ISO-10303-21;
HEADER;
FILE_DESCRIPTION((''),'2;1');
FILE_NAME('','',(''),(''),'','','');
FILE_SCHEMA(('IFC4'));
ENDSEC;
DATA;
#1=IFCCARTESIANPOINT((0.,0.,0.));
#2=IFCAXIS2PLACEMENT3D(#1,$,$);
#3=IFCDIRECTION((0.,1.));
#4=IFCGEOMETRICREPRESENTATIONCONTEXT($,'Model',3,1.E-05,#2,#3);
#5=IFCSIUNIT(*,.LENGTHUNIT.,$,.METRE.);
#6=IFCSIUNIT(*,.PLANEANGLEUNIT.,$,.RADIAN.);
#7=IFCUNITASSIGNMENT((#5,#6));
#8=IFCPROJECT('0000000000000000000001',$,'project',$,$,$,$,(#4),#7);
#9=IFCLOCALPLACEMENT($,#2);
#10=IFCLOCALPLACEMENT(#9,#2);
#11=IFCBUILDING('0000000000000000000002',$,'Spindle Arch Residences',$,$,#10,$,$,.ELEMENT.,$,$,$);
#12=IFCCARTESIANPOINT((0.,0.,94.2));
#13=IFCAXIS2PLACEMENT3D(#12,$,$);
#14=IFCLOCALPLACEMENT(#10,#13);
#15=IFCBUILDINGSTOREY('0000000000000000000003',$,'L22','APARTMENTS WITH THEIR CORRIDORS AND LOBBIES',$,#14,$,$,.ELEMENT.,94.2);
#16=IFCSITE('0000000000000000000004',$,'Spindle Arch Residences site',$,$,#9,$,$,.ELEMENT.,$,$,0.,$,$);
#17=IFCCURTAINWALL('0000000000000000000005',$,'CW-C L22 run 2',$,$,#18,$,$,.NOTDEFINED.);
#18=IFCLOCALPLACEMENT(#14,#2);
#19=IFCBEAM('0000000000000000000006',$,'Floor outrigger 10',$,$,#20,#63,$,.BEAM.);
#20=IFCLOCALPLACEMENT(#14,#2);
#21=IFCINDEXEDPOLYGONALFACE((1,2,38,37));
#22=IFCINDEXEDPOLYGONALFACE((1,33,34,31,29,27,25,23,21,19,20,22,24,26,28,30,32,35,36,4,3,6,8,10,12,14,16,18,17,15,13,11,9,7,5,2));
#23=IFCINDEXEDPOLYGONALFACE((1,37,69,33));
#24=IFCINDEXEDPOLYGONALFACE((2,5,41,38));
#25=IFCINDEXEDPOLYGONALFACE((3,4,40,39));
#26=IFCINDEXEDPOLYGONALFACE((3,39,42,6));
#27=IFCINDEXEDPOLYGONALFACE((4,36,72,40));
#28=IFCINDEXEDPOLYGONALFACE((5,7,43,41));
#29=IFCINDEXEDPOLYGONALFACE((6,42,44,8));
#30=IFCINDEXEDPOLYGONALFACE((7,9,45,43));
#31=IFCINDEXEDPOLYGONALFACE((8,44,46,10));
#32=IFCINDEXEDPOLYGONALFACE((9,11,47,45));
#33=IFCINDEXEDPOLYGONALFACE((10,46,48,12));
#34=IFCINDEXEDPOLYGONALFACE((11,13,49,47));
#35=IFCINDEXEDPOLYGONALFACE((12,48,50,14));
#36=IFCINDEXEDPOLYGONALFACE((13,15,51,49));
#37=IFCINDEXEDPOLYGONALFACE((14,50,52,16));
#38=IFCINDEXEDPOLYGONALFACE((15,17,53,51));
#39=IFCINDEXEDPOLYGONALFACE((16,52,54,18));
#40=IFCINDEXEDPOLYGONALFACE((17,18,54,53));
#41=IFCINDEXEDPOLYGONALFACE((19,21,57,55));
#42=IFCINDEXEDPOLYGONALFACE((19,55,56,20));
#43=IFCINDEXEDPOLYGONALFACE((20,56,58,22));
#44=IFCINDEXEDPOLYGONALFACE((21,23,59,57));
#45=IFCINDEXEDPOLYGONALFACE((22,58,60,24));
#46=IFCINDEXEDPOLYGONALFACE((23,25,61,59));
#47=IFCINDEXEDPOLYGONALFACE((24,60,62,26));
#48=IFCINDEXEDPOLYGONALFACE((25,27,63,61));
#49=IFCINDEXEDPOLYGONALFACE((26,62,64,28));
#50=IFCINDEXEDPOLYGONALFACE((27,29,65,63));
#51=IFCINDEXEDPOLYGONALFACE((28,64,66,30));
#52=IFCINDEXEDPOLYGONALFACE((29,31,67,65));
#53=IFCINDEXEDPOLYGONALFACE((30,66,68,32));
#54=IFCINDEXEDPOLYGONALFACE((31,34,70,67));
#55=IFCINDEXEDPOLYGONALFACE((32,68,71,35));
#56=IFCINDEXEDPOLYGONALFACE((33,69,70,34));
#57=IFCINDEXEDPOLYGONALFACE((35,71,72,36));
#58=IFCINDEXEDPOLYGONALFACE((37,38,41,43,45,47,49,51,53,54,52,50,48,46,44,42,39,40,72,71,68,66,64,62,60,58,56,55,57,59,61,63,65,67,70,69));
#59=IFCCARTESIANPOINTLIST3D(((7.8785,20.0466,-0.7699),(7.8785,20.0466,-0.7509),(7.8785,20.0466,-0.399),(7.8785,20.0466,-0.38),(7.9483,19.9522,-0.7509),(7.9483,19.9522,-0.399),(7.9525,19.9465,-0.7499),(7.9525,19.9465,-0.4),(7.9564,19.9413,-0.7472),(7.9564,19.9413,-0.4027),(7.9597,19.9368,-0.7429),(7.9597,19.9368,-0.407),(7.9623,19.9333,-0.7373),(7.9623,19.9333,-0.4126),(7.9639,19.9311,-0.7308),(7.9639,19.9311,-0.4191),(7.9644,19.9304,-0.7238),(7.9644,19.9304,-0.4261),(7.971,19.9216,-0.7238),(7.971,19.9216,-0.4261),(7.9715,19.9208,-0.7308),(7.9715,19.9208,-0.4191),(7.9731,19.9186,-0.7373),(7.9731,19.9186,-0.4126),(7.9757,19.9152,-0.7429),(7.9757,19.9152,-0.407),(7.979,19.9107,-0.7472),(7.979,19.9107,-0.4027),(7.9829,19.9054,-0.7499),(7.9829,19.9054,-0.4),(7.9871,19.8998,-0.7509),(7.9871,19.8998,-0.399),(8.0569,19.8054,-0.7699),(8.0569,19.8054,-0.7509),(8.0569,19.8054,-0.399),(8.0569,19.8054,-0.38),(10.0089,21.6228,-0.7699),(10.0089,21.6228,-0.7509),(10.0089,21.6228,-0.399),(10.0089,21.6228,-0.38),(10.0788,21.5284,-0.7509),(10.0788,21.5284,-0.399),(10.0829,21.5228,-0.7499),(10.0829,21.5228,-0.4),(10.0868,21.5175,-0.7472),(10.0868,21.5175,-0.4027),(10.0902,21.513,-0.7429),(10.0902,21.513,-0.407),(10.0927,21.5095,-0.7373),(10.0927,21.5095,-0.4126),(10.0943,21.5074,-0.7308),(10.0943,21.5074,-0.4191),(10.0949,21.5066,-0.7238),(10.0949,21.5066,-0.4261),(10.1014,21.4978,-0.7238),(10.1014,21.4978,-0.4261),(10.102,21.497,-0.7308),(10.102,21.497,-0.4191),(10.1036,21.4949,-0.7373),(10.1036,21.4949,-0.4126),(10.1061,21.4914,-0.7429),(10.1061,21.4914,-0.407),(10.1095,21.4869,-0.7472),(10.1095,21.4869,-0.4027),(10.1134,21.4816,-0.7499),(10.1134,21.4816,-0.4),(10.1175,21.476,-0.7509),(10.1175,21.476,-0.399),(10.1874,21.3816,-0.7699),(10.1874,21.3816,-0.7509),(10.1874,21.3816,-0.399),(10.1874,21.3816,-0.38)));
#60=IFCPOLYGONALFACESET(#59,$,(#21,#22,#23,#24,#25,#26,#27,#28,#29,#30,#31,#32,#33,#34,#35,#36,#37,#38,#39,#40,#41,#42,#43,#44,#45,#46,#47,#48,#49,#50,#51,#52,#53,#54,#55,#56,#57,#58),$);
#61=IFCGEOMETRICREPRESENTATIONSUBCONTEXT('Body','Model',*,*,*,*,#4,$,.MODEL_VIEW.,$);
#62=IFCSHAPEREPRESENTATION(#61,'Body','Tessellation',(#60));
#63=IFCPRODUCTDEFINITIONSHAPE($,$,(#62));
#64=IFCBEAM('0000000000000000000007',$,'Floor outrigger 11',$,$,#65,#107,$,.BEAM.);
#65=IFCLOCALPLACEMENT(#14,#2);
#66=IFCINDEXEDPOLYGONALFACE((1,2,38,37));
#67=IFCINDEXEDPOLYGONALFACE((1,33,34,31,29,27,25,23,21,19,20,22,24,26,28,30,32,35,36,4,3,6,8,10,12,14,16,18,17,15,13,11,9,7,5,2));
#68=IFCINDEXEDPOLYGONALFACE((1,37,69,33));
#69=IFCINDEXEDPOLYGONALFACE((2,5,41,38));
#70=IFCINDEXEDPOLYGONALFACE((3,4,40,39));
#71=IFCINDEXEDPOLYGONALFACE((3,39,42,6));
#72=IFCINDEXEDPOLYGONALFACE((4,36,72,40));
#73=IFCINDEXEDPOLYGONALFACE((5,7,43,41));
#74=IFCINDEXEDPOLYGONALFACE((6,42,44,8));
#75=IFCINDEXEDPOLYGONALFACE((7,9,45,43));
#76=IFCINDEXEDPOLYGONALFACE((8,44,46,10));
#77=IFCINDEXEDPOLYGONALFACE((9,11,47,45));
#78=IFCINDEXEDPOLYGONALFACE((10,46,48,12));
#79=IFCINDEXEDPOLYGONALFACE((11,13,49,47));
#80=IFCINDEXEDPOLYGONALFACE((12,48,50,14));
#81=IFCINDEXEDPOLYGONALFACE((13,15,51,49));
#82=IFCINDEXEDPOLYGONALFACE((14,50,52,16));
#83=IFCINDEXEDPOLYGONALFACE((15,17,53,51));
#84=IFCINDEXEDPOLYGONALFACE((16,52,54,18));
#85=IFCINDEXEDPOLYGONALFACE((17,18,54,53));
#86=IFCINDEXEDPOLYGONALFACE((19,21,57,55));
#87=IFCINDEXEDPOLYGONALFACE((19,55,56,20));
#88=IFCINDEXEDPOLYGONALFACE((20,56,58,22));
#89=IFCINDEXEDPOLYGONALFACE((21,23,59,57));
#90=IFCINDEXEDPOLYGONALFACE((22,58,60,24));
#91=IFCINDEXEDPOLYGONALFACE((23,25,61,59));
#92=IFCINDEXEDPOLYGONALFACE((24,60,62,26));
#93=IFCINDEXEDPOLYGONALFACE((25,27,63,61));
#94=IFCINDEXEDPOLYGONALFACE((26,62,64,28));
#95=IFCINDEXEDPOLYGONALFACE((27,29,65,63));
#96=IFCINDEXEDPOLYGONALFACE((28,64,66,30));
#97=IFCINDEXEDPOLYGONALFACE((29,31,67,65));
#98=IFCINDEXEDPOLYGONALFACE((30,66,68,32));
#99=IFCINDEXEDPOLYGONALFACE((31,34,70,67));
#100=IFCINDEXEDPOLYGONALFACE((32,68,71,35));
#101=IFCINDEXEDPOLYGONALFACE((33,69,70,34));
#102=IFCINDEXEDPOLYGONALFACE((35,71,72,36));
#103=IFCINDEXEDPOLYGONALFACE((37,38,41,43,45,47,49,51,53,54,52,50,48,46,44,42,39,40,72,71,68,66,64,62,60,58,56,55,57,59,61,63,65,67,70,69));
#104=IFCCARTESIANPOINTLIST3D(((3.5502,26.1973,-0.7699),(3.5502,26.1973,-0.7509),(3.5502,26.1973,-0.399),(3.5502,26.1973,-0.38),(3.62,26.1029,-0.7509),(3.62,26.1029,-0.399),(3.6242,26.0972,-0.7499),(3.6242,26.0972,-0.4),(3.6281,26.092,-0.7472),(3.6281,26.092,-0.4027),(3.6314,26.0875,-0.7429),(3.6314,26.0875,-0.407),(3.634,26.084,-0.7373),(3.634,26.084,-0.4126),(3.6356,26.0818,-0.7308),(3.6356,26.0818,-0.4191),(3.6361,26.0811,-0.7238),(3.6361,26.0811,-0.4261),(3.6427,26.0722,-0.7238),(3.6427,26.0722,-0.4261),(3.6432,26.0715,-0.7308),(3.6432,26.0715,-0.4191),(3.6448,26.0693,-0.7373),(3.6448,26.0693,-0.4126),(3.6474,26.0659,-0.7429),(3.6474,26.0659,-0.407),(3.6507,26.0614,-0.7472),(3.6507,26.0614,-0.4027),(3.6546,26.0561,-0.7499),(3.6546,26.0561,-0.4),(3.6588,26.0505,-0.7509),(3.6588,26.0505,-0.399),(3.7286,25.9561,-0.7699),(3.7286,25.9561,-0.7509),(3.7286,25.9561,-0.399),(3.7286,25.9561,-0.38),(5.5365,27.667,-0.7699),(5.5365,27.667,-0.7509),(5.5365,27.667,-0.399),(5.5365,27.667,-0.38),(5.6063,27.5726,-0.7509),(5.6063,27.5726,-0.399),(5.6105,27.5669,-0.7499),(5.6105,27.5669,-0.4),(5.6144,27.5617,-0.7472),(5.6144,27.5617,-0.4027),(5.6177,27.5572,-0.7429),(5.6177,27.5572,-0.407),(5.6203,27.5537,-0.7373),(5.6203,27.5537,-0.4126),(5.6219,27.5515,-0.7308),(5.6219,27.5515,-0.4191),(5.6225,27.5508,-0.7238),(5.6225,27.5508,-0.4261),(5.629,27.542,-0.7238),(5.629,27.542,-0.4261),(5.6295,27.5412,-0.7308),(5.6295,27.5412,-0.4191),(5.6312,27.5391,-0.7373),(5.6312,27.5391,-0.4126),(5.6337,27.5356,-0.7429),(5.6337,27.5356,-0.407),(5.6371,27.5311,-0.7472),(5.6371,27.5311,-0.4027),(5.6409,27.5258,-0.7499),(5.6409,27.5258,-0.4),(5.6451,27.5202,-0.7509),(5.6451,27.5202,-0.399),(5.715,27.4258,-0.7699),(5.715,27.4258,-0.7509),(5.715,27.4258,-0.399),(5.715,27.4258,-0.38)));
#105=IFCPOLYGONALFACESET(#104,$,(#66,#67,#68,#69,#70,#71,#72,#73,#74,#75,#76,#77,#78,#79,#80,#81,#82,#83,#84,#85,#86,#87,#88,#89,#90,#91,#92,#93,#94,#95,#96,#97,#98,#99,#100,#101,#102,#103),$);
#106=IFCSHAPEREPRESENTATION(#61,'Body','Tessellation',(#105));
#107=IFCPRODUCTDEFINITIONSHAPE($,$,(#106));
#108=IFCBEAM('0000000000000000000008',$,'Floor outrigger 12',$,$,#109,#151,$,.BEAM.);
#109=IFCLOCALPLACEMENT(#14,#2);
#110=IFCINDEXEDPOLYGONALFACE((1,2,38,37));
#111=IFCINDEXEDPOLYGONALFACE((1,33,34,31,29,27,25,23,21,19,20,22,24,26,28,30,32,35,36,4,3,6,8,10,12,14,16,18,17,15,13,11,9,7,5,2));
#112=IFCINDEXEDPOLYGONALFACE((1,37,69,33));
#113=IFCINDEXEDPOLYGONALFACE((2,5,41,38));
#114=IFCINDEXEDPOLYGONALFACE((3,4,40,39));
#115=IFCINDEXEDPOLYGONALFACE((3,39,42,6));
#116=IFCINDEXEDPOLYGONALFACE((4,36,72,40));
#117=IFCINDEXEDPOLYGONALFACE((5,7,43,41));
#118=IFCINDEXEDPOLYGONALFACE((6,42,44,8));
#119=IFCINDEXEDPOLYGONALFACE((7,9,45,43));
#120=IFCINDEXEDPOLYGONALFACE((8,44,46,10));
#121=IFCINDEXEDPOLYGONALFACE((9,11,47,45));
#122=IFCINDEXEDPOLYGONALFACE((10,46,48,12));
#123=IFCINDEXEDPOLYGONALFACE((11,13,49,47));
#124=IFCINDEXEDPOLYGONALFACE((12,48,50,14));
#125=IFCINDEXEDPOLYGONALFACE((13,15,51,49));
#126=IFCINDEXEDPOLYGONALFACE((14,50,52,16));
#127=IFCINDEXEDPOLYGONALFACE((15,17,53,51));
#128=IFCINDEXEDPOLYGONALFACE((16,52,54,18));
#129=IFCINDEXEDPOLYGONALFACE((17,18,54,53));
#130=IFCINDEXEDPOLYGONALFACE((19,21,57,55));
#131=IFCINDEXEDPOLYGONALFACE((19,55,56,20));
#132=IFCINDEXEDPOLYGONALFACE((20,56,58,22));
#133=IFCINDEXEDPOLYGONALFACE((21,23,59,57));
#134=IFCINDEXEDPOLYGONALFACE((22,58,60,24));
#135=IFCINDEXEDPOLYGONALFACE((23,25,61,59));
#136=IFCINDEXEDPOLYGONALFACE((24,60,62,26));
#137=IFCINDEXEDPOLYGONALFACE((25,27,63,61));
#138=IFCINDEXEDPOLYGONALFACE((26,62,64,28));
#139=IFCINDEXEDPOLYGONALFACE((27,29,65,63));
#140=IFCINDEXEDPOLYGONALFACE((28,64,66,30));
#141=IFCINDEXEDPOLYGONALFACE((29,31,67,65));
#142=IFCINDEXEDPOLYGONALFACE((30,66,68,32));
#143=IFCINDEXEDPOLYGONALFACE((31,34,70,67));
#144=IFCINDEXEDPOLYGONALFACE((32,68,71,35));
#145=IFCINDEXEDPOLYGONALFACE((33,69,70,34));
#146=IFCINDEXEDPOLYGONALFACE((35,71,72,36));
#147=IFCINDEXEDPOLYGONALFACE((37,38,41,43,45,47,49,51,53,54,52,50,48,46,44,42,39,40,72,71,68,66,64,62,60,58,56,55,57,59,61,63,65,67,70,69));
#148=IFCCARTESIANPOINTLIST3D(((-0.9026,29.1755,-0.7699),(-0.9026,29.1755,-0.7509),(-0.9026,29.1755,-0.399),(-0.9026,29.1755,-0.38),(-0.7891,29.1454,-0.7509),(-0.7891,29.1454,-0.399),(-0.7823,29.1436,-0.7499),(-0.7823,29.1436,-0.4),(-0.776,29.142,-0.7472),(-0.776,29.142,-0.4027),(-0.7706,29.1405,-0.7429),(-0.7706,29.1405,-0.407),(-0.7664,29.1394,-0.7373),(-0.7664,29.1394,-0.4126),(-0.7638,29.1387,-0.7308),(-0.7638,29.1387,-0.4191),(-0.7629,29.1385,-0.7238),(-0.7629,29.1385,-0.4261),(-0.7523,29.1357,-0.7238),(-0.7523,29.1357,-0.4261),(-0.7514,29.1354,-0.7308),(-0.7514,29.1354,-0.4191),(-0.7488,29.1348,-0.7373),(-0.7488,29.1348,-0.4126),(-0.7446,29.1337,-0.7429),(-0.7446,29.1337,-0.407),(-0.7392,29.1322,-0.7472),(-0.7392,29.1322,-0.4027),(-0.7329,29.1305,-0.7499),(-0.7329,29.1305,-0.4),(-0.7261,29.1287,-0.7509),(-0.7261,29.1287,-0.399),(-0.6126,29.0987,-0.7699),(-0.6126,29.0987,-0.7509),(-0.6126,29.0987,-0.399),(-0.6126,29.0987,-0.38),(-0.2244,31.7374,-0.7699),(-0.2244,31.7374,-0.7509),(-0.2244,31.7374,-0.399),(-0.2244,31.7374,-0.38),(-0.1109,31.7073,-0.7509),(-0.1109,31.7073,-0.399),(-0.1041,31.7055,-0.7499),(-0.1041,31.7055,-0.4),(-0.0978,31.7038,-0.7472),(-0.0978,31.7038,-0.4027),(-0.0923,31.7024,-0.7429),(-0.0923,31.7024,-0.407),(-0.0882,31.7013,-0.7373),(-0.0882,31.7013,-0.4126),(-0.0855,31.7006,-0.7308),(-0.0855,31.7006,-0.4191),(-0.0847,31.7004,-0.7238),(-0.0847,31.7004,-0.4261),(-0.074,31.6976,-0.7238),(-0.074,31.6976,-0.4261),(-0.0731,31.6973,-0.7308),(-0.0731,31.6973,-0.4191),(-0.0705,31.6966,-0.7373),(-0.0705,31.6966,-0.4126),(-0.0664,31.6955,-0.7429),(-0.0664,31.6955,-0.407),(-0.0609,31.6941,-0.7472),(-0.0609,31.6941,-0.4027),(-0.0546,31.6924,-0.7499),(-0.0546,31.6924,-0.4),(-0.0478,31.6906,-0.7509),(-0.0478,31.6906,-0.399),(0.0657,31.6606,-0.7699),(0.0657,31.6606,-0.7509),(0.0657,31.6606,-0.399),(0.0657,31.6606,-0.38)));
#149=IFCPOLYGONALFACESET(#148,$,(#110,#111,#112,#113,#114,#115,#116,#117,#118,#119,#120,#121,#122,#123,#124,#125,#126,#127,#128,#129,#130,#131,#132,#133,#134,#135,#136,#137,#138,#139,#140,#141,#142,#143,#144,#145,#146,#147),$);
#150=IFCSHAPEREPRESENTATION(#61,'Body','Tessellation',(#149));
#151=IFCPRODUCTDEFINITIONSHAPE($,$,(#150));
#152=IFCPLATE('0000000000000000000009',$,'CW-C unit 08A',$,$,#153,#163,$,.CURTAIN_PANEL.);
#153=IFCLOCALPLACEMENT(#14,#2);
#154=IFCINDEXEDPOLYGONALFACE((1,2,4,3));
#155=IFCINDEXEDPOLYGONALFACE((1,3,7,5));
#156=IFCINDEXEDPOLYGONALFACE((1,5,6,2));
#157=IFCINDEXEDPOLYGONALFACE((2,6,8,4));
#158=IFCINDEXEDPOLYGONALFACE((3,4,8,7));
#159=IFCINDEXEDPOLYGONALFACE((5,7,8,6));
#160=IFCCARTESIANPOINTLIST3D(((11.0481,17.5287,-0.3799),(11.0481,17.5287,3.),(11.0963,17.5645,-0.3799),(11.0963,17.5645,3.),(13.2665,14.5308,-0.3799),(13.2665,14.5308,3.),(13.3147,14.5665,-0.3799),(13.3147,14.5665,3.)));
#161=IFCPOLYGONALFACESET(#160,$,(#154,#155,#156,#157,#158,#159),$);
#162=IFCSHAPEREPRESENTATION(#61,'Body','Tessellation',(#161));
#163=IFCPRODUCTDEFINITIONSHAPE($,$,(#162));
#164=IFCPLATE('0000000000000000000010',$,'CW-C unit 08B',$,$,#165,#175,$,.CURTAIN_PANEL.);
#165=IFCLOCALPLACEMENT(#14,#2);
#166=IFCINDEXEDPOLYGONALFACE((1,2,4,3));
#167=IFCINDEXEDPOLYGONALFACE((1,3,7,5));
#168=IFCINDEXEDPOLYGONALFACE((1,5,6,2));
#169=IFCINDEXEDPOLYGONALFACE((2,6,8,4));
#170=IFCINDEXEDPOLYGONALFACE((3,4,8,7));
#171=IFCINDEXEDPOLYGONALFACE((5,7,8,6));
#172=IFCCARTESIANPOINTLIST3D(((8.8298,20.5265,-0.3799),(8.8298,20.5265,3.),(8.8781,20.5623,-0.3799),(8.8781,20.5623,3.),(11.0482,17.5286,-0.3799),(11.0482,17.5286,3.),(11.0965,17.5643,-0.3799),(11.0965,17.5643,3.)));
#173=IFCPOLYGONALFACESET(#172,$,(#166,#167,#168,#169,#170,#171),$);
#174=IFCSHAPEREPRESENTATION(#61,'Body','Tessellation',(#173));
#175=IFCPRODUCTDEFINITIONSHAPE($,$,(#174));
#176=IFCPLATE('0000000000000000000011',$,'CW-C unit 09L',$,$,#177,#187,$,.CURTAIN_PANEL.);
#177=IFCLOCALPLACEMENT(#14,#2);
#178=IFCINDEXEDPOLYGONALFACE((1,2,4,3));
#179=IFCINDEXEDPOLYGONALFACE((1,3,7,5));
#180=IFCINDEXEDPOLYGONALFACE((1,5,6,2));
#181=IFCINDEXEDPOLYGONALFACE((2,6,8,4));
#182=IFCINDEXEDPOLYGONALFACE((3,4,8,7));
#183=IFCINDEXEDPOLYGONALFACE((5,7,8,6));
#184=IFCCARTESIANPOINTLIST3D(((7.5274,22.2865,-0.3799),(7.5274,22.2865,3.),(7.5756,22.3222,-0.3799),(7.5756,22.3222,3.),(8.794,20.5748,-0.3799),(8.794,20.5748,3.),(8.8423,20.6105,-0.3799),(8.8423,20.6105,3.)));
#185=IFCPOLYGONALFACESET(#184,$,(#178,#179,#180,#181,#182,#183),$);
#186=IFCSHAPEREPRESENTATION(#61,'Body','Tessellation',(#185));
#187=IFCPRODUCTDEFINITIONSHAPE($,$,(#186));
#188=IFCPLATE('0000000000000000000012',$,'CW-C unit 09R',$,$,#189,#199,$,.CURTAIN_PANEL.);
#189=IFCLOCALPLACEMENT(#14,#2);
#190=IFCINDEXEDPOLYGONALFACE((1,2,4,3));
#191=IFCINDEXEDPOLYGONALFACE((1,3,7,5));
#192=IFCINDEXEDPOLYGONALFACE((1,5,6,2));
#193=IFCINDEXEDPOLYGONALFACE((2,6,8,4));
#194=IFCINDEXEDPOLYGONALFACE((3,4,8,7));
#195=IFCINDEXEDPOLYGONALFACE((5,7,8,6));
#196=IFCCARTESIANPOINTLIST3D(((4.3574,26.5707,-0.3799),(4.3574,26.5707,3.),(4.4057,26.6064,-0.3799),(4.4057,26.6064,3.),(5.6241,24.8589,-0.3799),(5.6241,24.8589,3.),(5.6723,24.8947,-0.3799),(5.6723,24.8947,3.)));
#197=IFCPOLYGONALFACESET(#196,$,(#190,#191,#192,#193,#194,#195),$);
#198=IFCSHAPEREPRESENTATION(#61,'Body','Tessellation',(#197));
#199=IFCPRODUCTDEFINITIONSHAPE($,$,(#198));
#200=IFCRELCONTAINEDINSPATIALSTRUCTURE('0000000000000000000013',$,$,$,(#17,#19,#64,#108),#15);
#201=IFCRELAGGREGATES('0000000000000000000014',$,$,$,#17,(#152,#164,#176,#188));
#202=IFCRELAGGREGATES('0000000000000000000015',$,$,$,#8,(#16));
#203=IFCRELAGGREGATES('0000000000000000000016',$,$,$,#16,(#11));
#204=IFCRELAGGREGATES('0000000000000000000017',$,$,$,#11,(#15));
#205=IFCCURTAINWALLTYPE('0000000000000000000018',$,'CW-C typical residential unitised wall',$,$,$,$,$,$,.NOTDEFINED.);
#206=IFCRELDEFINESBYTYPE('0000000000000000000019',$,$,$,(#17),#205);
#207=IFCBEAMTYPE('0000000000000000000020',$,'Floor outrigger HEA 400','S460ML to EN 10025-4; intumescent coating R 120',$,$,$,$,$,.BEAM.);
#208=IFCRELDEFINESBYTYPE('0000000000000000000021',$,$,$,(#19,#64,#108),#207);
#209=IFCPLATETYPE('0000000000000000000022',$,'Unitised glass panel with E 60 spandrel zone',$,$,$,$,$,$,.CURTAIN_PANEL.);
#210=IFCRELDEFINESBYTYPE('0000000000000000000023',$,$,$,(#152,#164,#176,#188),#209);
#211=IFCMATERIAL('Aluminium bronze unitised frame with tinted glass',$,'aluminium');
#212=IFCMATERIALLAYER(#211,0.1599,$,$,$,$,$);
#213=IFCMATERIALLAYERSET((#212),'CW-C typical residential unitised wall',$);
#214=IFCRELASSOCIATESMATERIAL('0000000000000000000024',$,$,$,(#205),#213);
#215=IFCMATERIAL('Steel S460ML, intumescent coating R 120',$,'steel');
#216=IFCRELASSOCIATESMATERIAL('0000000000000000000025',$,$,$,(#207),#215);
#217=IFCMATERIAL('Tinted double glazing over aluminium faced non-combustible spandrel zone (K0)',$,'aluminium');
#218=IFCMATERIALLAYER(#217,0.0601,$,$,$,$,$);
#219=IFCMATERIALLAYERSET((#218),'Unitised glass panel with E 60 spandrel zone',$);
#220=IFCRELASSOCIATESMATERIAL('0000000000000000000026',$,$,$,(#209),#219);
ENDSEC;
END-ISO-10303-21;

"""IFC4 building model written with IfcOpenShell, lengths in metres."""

from ifc_helpers import new_model, si_unit, direction, frame, origin, origin_2d, place, context, subcontext, project, spatial, rectangle, i_section, extrude, material, layer, layer_set, material_profile, profile_set, type_object, element, aggregate, save


model = new_model("IFC4")

# Units and contexts
model_context = context("Model", 3, precision=1e-05, world=origin(), true_north=direction((0.0, 1.0)))
body_context = subcontext(model_context, "Body", "Model", "MODEL_VIEW")
ifc_project = project(units=[si_unit("LENGTHUNIT", "METRE"), si_unit("PLANEANGLEUNIT", "RADIAN")], contexts=[model_context])

# Site, building, storey
site_placement = place(None, origin())
site = spatial("IfcSite", under=ifc_project, at=site_placement, Name="Spindle Arch Residences site", CompositionType="ELEMENT", RefElevation=0.0)
building_placement = place(site_placement, origin())
building = spatial("IfcBuilding", under=site, at=building_placement, Name="Spindle Arch Residences", CompositionType="ELEMENT")
storey_placement = place(building_placement, frame((0.0, 0.0, 94.2)))
storey = spatial("IfcBuildingStorey", under=building, at=storey_placement, Name="L22", Description="APARTMENTS WITH THEIR CORRIDORS AND LOBBIES", CompositionType="ELEMENT", Elevation=94.2)

# Curtain wall
ifc_material_1 = material(Name="Aluminium bronze unitised frame with tinted glass", Category="aluminium")
ifc_layer_1 = layer(ifc_material_1, 0.1599)
ifc_layer_set_1 = layer_set([ifc_layer_1], Name="CW-C typical residential unitised wall")
curtain_wall_type_1 = type_object("IfcCurtainWallType", Name="CW-C typical residential unitised wall", PredefinedType="NOTDEFINED", material=ifc_layer_set_1)
curtain_wall_1_placement = place(storey_placement, origin())
curtain_wall_1 = element("IfcCurtainWall", 1, at=curtain_wall_1_placement, inside=storey, type_object=curtain_wall_type_1, Name="CW-C L22 run 2", PredefinedType="NOTDEFINED")

# Beams
ifc_material_2 = material(Name="Steel S460ML, intumescent coating R 120", Category="steel")
ifc_material_profile_1 = material_profile(ifc_material_2, i_section(OverallWidth=0.3, OverallDepth=0.3899, WebThickness=0.011, FlangeThickness=0.019, FilletRadius=0.0271, at=origin_2d()), Name="HEA 400")
ifc_profile_set_1 = profile_set([ifc_material_profile_1], Name="Steel S460ML, intumescent coating R 120")
beam_type_1 = type_object("IfcBeamType", Name="Floor outrigger HEA 400", Description="S460ML to EN 10025-4; intumescent coating R 120", PredefinedType="BEAM", material=ifc_profile_set_1)
beam_1_placement = place(storey_placement, frame((10.0981, 21.5022, -0.575), z_axis=(-0.803897, -0.594769, 0.0), x_axis=(0.594769, -0.803897, 0.0)))
element("IfcBeam", 2, at=beam_1_placement, inside=storey, type_object=beam_type_1, Name="Floor outrigger 10", PredefinedType="BEAM", context=body_context, shape_type="SweptSolid", body=[
    extrude(i_section(OverallWidth=0.3, OverallDepth=0.3899, WebThickness=0.011, FlangeThickness=0.019, FilletRadius=0.0271, at=origin_2d()), origin(), (0.0, 0.0, 1.0), 2.6501),
])
beam_2_placement = place(storey_placement, frame((5.6257, 27.5464, -0.575), z_axis=(-0.803872, -0.594802, 0.0), x_axis=(0.594802, -0.803872, 0.0)))
element("IfcBeam", 3, at=beam_2_placement, inside=storey, type_object=beam_type_1, Name="Floor outrigger 11", PredefinedType="BEAM", context=body_context, shape_type="SweptSolid", body=[
    extrude(i_section(OverallWidth=0.3, OverallDepth=0.3899, WebThickness=0.011, FlangeThickness=0.019, FilletRadius=0.0271, at=origin_2d()), origin(), (0.0, 0.0, 1.0), 2.4709),
])
beam_3_placement = place(storey_placement, frame((-0.0793, 31.699, -0.575), z_axis=(-0.255931, -0.966695, 0.0), x_axis=(0.966695, -0.255931, 0.0)))
element("IfcBeam", 4, at=beam_3_placement, inside=storey, type_object=beam_type_1, Name="Floor outrigger 12", PredefinedType="BEAM", context=body_context, shape_type="SweptSolid", body=[
    extrude(i_section(OverallWidth=0.3, OverallDepth=0.3899, WebThickness=0.011, FlangeThickness=0.019, FilletRadius=0.0271, at=origin_2d()), origin(), (0.0, 0.0, 1.0), 2.6501),
])

# Plates
ifc_material_3 = material(Name="Tinted double glazing over aluminium faced non-combustible spandrel zone (K0)", Category="aluminium")
ifc_layer_2 = layer(ifc_material_3, 0.0601)
ifc_layer_set_2 = layer_set([ifc_layer_2], Name="Unitised glass panel with E 60 spandrel zone")
plate_type = type_object("IfcPlateType", Name="Unitised glass panel with E 60 spandrel zone", PredefinedType="CURTAIN_PANEL", material=ifc_layer_set_2)
plate_1_placement = place(storey_placement, frame((12.1814, 16.0476, -0.3799), z_axis=(0.0, 0.0, 1.0), x_axis=(-0.594823, 0.803857, 0.0)))
plate_1 = element("IfcPlate", 5, at=plate_1_placement, type_object=plate_type, Name="CW-C unit 08A", PredefinedType="CURTAIN_PANEL", context=body_context, shape_type="SweptSolid", body=[
    extrude(rectangle(XDim=3.7295, YDim=0.0601, at=origin_2d()), origin(), (0.0, 0.0, 1.0), 3.3799),
])
plate_2_placement = place(storey_placement, frame((9.9631, 19.0454, -0.3799), z_axis=(0.0, 0.0, 1.0), x_axis=(-0.594823, 0.803857, 0.0)))
plate_2 = element("IfcPlate", 6, at=plate_2_placement, type_object=plate_type, Name="CW-C unit 08B", PredefinedType="CURTAIN_PANEL", context=body_context, shape_type="SweptSolid", body=[
    extrude(rectangle(XDim=3.7295, YDim=0.0601, at=origin_2d()), origin(), (0.0, 0.0, 1.0), 3.3799),
])
plate_3_placement = place(storey_placement, frame((8.1848, 21.4485, -0.3799), z_axis=(0.0, 0.0, 1.0), x_axis=(-0.594823, 0.803857, 0.0)))
plate_3 = element("IfcPlate", 7, at=plate_3_placement, type_object=plate_type, Name="CW-C unit 09L", PredefinedType="CURTAIN_PANEL", context=body_context, shape_type="SweptSolid", body=[
    extrude(rectangle(XDim=2.1294, YDim=0.0601, at=origin_2d()), origin(), (0.0, 0.0, 1.0), 3.3799),
])
plate_4_placement = place(storey_placement, frame((5.0149, 25.7327, -0.3799), z_axis=(0.0, 0.0, 1.0), x_axis=(-0.594823, 0.803857, 0.0)))
plate_4 = element("IfcPlate", 8, at=plate_4_placement, type_object=plate_type, Name="CW-C unit 09R", PredefinedType="CURTAIN_PANEL", context=body_context, shape_type="SweptSolid", body=[
    extrude(rectangle(XDim=2.1294, YDim=0.0601, at=origin_2d()), origin(), (0.0, 0.0, 1.0), 3.3799),
])
aggregate(curtain_wall_1, [plate_1, plate_2, plate_3, plate_4])

save(model, "model.ifc")
